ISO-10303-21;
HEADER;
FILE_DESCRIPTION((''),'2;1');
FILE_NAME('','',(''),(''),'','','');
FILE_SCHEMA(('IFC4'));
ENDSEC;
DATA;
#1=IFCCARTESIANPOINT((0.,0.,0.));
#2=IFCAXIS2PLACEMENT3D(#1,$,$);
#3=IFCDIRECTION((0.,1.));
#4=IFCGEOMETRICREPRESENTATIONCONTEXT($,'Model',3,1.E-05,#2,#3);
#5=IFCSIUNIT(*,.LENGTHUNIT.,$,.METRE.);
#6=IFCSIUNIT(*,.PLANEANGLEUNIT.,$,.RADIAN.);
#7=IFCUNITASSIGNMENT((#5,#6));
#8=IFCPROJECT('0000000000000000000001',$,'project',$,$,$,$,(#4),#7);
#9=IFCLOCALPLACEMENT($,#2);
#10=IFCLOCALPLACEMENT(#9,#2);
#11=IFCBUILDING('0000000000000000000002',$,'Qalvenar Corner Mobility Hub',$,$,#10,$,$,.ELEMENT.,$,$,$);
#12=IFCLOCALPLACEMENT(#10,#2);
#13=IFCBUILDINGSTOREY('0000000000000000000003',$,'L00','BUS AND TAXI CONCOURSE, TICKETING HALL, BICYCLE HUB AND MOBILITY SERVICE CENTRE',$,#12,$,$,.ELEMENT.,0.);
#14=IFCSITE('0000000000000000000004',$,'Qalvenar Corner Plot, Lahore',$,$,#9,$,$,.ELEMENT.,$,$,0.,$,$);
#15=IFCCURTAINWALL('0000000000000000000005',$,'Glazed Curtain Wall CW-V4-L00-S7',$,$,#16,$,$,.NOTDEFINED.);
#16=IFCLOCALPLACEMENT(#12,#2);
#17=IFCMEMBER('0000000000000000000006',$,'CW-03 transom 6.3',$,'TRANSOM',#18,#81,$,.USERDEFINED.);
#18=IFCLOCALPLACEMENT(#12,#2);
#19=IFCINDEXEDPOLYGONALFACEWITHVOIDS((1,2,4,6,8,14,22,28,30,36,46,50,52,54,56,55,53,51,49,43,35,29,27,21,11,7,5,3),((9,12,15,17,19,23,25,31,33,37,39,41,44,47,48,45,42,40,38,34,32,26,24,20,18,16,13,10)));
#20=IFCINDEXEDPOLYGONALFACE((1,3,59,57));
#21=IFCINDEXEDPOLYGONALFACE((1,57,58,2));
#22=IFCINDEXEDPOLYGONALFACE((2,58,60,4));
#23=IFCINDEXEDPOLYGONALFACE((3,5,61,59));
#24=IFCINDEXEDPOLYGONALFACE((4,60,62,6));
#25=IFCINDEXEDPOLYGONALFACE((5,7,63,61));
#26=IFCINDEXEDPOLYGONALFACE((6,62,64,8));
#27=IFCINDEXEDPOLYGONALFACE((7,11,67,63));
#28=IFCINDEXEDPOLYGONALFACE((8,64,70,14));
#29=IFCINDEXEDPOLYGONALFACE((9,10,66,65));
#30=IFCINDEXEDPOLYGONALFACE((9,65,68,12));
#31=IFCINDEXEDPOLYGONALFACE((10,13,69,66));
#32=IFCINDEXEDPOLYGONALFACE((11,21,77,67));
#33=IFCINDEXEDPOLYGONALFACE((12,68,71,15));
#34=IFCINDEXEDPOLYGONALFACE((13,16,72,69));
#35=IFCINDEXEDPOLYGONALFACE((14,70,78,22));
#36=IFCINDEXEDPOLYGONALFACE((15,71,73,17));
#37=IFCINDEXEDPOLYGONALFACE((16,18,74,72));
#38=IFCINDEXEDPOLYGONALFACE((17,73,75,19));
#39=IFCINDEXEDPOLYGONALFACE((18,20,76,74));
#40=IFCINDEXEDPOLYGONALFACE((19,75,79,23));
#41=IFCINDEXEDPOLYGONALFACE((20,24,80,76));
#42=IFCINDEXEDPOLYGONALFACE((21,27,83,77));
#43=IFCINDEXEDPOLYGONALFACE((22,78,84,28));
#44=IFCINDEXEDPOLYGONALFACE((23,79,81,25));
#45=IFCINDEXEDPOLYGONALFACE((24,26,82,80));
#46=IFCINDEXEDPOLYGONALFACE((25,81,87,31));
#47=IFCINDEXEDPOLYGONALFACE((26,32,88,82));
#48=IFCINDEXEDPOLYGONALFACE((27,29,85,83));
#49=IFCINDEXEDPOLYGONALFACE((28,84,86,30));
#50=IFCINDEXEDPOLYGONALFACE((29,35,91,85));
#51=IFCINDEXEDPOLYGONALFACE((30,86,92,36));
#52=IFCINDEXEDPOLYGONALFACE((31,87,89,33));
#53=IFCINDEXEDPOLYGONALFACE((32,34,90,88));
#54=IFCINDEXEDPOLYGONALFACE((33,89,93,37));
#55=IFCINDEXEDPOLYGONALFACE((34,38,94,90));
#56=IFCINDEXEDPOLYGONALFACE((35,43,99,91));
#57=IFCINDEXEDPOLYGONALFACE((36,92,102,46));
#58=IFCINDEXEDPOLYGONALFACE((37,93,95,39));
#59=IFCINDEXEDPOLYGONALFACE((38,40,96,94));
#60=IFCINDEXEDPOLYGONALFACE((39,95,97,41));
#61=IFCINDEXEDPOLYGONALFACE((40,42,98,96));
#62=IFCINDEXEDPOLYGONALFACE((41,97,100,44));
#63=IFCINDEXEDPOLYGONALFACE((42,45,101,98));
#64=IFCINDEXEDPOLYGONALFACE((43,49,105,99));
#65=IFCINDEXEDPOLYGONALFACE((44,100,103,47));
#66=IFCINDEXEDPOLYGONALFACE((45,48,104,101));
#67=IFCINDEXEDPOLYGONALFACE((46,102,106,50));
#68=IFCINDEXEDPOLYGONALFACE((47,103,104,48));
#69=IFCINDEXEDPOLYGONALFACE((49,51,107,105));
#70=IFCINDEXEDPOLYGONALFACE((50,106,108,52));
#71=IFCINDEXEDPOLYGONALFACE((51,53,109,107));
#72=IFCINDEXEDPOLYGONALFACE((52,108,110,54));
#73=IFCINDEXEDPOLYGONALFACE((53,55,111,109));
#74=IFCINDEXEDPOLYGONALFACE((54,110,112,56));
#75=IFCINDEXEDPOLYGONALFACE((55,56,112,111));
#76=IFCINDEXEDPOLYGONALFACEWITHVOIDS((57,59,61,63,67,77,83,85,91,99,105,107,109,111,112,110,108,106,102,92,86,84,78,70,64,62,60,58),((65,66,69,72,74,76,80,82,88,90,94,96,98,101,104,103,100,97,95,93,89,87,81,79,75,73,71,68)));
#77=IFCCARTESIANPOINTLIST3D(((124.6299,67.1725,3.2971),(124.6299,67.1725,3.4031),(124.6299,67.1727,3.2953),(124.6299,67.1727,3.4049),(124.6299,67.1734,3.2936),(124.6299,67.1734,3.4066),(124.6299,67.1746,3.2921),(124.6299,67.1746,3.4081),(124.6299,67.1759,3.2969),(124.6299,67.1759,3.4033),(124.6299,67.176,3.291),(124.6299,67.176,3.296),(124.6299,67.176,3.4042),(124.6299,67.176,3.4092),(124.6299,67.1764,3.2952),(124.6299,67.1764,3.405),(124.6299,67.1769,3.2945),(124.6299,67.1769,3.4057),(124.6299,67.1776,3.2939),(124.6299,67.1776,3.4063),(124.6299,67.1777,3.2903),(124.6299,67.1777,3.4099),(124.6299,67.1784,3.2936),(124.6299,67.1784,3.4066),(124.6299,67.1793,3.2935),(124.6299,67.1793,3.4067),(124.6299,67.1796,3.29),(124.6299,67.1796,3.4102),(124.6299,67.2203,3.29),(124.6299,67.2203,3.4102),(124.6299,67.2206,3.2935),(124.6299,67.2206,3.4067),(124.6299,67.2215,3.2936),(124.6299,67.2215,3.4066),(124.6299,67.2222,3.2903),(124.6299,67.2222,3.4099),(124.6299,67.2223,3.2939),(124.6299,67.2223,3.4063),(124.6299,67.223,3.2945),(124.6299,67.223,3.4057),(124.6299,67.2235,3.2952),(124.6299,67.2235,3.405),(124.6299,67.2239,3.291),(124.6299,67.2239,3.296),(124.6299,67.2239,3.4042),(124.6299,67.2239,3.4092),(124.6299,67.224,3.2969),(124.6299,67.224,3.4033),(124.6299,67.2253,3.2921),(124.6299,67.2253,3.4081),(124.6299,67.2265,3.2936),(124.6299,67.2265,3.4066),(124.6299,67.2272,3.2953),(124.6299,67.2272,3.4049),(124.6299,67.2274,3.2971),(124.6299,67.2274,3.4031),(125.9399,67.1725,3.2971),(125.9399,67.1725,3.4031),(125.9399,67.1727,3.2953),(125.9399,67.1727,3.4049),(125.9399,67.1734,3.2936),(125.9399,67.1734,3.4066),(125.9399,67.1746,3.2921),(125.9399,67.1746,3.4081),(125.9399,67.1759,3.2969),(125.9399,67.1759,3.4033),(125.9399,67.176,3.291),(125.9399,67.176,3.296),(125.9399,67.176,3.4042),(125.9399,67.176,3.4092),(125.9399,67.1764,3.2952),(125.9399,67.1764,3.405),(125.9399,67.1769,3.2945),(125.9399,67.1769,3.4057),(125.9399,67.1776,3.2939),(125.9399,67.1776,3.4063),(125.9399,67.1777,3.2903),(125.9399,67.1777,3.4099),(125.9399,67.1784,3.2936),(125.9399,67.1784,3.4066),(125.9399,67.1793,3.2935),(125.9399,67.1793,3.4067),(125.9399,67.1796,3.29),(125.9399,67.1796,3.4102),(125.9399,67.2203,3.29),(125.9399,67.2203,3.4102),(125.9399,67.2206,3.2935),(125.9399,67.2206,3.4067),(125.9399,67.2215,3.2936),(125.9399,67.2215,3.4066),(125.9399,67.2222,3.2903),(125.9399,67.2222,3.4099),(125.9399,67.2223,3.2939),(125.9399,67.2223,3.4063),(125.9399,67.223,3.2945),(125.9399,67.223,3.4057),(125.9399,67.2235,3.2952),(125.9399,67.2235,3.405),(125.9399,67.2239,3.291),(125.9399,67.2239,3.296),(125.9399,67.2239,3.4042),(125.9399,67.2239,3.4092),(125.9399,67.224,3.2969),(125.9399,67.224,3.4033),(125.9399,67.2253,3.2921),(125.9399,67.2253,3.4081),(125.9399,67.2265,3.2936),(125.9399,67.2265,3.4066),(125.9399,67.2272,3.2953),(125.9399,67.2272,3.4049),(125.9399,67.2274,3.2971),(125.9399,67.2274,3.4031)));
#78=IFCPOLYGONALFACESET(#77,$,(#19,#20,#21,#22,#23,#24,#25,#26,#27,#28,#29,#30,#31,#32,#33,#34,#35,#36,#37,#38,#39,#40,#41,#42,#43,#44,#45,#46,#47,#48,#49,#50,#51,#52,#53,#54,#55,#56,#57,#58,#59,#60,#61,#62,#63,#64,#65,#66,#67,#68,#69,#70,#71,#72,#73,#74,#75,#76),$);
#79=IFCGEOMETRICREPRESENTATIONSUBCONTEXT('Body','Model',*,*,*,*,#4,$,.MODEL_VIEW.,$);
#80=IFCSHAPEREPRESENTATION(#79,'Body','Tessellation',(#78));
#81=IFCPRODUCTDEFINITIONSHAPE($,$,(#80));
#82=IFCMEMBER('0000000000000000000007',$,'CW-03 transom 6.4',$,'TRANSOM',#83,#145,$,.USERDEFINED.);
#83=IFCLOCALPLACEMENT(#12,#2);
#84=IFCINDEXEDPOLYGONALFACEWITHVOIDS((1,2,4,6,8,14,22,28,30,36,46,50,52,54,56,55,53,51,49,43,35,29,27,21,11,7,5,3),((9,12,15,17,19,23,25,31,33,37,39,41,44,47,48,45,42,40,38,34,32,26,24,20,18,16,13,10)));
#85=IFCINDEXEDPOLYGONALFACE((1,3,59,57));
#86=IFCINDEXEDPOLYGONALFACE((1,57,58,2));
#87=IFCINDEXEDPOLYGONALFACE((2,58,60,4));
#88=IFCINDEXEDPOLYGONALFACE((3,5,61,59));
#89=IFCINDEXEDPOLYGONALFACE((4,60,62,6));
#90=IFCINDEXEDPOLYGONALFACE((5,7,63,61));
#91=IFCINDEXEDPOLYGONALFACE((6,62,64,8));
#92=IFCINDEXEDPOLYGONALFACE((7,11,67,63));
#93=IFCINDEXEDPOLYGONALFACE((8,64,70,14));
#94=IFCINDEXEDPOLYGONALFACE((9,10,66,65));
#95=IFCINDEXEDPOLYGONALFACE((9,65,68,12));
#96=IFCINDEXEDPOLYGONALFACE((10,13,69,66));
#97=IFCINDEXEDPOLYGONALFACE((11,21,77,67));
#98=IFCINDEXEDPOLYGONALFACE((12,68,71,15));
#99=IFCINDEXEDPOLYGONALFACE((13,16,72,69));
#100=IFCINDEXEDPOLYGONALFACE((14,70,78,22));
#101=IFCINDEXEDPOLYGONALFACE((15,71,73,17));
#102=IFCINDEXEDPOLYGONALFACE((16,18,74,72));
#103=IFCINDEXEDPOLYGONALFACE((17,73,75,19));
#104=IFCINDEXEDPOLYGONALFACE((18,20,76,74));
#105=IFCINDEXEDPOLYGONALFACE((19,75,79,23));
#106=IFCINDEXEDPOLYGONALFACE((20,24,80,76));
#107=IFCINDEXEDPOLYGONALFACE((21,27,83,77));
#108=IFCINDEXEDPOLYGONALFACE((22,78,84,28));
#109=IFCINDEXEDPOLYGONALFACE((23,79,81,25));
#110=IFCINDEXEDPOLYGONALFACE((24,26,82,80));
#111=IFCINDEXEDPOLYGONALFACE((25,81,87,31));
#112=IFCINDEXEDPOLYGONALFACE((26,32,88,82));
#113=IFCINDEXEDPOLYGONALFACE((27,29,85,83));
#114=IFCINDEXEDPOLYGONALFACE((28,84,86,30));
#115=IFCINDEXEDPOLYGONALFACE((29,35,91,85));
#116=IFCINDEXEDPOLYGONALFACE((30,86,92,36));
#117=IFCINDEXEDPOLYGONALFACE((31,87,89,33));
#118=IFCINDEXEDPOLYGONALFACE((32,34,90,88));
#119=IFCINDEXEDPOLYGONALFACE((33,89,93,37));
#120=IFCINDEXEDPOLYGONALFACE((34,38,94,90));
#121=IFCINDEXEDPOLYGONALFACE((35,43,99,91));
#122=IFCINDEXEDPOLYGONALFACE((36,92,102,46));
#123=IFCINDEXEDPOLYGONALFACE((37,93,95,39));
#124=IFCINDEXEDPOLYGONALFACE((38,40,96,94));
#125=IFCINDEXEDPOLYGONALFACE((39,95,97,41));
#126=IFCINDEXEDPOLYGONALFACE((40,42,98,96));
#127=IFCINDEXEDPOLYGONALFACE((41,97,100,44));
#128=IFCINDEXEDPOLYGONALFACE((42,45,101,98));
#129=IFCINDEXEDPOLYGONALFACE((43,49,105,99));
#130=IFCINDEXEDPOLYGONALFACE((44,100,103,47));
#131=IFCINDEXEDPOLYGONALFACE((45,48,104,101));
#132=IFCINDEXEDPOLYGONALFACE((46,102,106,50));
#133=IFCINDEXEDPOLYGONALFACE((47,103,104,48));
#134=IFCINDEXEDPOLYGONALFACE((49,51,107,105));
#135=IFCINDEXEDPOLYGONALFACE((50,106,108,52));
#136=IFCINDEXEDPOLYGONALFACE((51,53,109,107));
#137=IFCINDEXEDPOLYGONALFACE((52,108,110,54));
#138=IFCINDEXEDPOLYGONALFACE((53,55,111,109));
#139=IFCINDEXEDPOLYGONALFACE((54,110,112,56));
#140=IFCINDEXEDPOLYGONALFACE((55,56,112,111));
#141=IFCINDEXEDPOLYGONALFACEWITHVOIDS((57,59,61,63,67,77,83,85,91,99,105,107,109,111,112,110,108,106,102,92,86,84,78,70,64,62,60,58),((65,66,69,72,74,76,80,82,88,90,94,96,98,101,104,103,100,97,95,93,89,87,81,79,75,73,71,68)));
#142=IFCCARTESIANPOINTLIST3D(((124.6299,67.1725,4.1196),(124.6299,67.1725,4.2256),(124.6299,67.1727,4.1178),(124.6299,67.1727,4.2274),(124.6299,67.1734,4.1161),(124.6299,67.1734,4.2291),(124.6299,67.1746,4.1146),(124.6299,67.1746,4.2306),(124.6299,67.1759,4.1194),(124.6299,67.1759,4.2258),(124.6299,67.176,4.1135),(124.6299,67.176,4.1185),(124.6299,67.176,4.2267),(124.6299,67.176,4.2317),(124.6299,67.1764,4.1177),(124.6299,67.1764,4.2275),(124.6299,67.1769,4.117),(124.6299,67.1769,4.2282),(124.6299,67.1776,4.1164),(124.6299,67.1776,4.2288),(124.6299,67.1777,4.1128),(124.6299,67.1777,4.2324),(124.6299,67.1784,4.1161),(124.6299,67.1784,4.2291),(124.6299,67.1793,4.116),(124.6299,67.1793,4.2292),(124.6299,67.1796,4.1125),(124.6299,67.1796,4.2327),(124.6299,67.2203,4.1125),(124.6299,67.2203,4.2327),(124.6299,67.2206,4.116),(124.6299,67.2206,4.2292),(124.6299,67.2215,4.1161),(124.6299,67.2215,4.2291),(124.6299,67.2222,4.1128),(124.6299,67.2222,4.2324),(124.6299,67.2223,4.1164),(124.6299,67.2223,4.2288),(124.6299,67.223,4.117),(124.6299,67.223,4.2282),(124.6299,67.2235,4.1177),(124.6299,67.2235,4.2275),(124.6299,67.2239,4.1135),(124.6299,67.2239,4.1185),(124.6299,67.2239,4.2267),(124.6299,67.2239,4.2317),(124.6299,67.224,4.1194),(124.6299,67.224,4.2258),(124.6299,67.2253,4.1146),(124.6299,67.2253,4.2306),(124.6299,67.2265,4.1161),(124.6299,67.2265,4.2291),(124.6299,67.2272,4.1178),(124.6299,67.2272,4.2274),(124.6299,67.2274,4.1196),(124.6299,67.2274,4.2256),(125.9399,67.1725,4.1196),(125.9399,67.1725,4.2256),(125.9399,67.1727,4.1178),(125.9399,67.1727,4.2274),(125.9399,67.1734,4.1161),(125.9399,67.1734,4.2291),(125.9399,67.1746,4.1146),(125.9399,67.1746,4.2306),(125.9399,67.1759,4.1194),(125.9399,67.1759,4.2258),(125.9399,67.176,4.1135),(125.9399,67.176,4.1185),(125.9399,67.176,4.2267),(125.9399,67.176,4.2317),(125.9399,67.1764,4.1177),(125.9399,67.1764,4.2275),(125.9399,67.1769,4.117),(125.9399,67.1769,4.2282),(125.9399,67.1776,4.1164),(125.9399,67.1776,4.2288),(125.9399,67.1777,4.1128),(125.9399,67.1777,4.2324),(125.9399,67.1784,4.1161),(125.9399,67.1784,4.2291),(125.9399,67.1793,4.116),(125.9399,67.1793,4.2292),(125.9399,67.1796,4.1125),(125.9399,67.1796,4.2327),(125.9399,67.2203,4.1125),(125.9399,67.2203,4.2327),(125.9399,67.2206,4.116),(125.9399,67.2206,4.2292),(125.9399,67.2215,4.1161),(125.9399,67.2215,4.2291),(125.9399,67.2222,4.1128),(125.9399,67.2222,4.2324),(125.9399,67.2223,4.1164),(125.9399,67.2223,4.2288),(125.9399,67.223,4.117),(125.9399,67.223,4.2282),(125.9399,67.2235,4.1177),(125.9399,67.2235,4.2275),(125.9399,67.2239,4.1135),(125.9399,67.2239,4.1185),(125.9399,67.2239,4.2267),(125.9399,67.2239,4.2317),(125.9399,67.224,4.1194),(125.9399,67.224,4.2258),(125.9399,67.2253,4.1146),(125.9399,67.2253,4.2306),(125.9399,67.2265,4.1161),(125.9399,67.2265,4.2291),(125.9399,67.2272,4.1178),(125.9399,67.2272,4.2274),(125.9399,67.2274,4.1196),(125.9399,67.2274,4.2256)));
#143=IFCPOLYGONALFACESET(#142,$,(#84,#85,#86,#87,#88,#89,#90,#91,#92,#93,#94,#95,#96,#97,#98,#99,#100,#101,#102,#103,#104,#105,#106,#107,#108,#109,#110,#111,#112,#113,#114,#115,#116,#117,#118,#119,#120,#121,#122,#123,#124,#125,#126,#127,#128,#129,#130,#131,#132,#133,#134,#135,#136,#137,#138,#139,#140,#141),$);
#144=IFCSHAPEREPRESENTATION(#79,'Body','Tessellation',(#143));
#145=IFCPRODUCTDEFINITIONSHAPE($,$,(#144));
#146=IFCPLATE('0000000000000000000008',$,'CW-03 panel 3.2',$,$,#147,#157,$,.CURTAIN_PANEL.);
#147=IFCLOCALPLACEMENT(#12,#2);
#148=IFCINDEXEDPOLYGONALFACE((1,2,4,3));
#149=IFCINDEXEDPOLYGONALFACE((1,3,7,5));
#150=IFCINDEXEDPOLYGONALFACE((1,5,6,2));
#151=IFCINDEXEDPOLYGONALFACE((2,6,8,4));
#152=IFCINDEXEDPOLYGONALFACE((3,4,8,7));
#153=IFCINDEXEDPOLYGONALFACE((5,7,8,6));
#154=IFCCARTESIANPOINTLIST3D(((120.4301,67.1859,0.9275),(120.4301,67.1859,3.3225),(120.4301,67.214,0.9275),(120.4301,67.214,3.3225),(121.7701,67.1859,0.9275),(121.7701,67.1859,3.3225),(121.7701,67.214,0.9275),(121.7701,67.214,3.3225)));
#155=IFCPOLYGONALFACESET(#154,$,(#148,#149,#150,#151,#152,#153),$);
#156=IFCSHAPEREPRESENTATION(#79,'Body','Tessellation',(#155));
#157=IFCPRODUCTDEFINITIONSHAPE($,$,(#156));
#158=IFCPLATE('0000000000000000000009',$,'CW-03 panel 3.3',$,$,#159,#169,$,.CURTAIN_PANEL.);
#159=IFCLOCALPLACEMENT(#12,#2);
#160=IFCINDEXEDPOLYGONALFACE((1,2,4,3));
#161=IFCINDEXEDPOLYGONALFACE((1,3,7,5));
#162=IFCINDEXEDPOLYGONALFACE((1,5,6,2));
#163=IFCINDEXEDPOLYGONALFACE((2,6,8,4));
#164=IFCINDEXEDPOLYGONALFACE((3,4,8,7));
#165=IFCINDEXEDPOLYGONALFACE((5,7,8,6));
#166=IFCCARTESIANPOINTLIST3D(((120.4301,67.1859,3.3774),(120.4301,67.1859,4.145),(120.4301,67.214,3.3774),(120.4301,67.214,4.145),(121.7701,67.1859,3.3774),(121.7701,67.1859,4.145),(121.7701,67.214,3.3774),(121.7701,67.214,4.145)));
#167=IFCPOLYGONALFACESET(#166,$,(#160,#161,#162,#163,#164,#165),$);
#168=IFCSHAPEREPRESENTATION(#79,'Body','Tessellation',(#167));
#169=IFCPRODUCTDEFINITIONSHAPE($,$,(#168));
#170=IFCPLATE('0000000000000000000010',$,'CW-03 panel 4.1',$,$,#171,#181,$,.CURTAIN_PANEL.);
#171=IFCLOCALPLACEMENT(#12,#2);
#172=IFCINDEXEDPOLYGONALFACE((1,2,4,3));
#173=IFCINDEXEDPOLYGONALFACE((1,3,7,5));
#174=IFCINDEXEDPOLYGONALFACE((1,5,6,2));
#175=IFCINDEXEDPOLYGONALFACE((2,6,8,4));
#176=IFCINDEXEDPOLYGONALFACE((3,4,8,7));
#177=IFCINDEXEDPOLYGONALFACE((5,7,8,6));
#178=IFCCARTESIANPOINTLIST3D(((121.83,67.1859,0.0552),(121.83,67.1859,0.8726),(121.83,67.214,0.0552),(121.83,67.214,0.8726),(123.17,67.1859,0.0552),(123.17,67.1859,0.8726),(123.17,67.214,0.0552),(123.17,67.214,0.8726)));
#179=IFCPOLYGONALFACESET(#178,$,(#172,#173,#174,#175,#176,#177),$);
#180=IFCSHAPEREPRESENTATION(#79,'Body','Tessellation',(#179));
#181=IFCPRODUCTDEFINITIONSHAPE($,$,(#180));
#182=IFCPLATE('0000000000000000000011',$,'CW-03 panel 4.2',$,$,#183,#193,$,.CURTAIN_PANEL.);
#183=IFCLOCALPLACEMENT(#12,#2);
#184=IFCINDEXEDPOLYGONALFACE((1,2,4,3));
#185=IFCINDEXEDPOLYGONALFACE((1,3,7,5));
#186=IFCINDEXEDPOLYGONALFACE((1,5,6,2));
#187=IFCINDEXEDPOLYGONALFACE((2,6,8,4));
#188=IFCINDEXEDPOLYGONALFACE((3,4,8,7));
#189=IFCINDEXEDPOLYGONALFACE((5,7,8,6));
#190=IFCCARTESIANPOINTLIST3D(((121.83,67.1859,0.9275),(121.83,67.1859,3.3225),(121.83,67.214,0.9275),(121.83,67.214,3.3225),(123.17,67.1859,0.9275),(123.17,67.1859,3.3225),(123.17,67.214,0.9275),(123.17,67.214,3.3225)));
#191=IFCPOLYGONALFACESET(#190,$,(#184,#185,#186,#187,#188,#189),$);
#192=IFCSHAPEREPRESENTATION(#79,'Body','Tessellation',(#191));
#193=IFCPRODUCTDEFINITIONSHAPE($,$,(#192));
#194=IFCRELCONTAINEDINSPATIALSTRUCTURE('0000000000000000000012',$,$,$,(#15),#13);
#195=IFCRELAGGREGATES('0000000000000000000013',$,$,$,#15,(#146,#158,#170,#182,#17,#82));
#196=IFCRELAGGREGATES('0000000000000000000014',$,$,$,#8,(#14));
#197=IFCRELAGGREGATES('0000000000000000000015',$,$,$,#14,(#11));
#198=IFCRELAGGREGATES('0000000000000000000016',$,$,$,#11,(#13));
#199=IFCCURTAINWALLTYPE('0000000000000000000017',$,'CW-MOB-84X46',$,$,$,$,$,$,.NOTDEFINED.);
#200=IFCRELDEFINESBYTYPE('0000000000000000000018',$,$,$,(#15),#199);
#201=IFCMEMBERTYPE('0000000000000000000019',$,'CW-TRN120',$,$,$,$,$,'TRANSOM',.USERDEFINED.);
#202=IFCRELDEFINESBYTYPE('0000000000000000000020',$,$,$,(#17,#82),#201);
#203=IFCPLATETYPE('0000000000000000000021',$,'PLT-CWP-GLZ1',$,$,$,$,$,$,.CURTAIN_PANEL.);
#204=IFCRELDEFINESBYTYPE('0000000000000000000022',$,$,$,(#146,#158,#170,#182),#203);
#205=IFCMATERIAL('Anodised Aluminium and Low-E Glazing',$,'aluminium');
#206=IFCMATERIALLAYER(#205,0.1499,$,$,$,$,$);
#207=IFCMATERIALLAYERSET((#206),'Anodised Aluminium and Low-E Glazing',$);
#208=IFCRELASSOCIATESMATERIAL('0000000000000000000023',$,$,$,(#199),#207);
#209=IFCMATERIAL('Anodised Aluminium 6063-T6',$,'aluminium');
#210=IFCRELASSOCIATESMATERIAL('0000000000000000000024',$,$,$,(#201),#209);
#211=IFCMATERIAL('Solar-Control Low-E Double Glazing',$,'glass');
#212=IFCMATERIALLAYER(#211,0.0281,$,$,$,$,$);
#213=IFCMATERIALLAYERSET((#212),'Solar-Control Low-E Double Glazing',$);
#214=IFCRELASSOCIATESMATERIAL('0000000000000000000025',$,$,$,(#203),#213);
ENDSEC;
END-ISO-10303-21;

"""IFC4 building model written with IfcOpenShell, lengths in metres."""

from ifc_helpers import new_model, si_unit, direction, frame, origin, origin_2d, place, context, subcontext, project, spatial, rectangle, hollow_rectangle, extrude, material, layer, layer_set, material_profile, profile_set, type_object, element, aggregate, save


model = new_model("IFC4")

# Units and contexts
model_context = context("Model", 3, precision=1e-05, world=origin(), true_north=direction((0.0, 1.0)))
body_context = subcontext(model_context, "Body", "Model", "MODEL_VIEW")
ifc_project = project(units=[si_unit("LENGTHUNIT", "METRE"), si_unit("PLANEANGLEUNIT", "RADIAN")], contexts=[model_context])

# Site, building, storey
site_placement = place(None, origin())
site = spatial("IfcSite", under=ifc_project, at=site_placement, Name="Qalvenar Corner Plot, Lahore", CompositionType="ELEMENT", RefElevation=0.0)
building_placement = place(site_placement, origin())
building = spatial("IfcBuilding", under=site, at=building_placement, Name="Qalvenar Corner Mobility Hub", CompositionType="ELEMENT")
storey_placement = place(building_placement, origin())
storey = spatial("IfcBuildingStorey", under=building, at=storey_placement, Name="L00", Description="BUS AND TAXI CONCOURSE, TICKETING HALL, BICYCLE HUB AND MOBILITY SERVICE CENTRE", CompositionType="ELEMENT", Elevation=0.0)

# Curtain wall, members, plates
ifc_material_1 = material(Name="Anodised Aluminium and Low-E Glazing", Category="aluminium")
ifc_layer_1 = layer(ifc_material_1, 0.1499)
ifc_layer_set_1 = layer_set([ifc_layer_1], Name="Anodised Aluminium and Low-E Glazing")
curtain_wall_type = type_object("IfcCurtainWallType", Name="CW-MOB-84X46", PredefinedType="NOTDEFINED", material=ifc_layer_set_1)
curtain_wall_placement = place(storey_placement, origin())
curtain_wall = element("IfcCurtainWall", 1, at=curtain_wall_placement, inside=storey, type_object=curtain_wall_type, Name="Glazed Curtain Wall CW-V4-L00-S7", PredefinedType="NOTDEFINED")
ifc_material_2 = material(Name="Anodised Aluminium 6063-T6", Category="aluminium")
ifc_material_profile_1 = material_profile(ifc_material_2, hollow_rectangle(XDim=0.0549, YDim=0.1201, WallThickness=0.0034, InnerFilletRadius=0.0034, OuterFilletRadius=0.0071, at=origin_2d()), Name="RHS120x55x3.5")
ifc_profile_set_1 = profile_set([ifc_material_profile_1], Name="Anodised Aluminium 6063-T6")
member_type_1 = type_object("IfcMemberType", Name="CW-TRN120", ElementType="TRANSOM", PredefinedType="USERDEFINED", material=ifc_profile_set_1)
member_1_placement = place(storey_placement, frame((124.6299, 67.2, 3.3501), z_axis=(1.0, 0.0, 0.0), x_axis=(0.0, 1.0, 0.0)))
member_1 = element("IfcMember", 2, at=member_1_placement, type_object=member_type_1, Name="CW-03 transom 6.3", ObjectType="TRANSOM", PredefinedType="USERDEFINED", context=body_context, shape_type="SweptSolid", body=[
    extrude(hollow_rectangle(XDim=0.0549, YDim=0.1201, WallThickness=0.0034, InnerFilletRadius=0.0034, OuterFilletRadius=0.0071, at=origin_2d()), origin(), (0.0, 0.0, 1.0), 1.3101),
])
member_2_placement = place(storey_placement, frame((124.6299, 67.2, 4.1726), z_axis=(1.0, 0.0, 0.0), x_axis=(0.0, 1.0, 0.0)))
member_2 = element("IfcMember", 3, at=member_2_placement, type_object=member_type_1, Name="CW-03 transom 6.4", ObjectType="TRANSOM", PredefinedType="USERDEFINED", context=body_context, shape_type="SweptSolid", body=[
    extrude(hollow_rectangle(XDim=0.0549, YDim=0.1201, WallThickness=0.0034, InnerFilletRadius=0.0034, OuterFilletRadius=0.0071, at=origin_2d()), origin(), (0.0, 0.0, 1.0), 1.3101),
])
ifc_material_3 = material(Name="Solar-Control Low-E Double Glazing", Category="glass")
ifc_layer_2 = layer(ifc_material_3, 0.0281)
ifc_layer_set_2 = layer_set([ifc_layer_2], Name="Solar-Control Low-E Double Glazing")
plate_type = type_object("IfcPlateType", Name="PLT-CWP-GLZ1", PredefinedType="CURTAIN_PANEL", material=ifc_layer_set_2)
plate_1_placement = place(storey_placement, frame((121.1001, 67.2, 0.9275), z_axis=(0.0, 0.0, 1.0), x_axis=(1.0, 0.0, 0.0)))
plate_1 = element("IfcPlate", 4, at=plate_1_placement, type_object=plate_type, Name="CW-03 panel 3.2", PredefinedType="CURTAIN_PANEL", context=body_context, shape_type="SweptSolid", body=[
    extrude(rectangle(XDim=1.3401, YDim=0.0281, at=origin_2d()), origin(), (0.0, 0.0, 1.0), 2.395),
])
plate_2_placement = place(storey_placement, frame((121.1001, 67.2, 3.3774), z_axis=(0.0, 0.0, 1.0), x_axis=(1.0, 0.0, 0.0)))
plate_2 = element("IfcPlate", 5, at=plate_2_placement, type_object=plate_type, Name="CW-03 panel 3.3", PredefinedType="CURTAIN_PANEL", context=body_context, shape_type="SweptSolid", body=[
    extrude(rectangle(XDim=1.3401, YDim=0.0281, at=origin_2d()), origin(), (0.0, 0.0, 1.0), 0.7676),
])
plate_3_placement = place(storey_placement, frame((122.5, 67.2, 0.0552), z_axis=(0.0, 0.0, 1.0), x_axis=(1.0, 0.0, 0.0)))
plate_3 = element("IfcPlate", 6, at=plate_3_placement, type_object=plate_type, Name="CW-03 panel 4.1", PredefinedType="CURTAIN_PANEL", context=body_context, shape_type="SweptSolid", body=[
    extrude(rectangle(XDim=1.3401, YDim=0.0281, at=origin_2d()), origin(), (0.0, 0.0, 1.0), 0.8174),
])
plate_4_placement = place(storey_placement, frame((122.5, 67.2, 0.9275), z_axis=(0.0, 0.0, 1.0), x_axis=(1.0, 0.0, 0.0)))
plate_4 = element("IfcPlate", 7, at=plate_4_placement, type_object=plate_type, Name="CW-03 panel 4.2", PredefinedType="CURTAIN_PANEL", context=body_context, shape_type="SweptSolid", body=[
    extrude(rectangle(XDim=1.3401, YDim=0.0281, at=origin_2d()), origin(), (0.0, 0.0, 1.0), 2.395),
])
aggregate(curtain_wall, [plate_1, plate_2, plate_3, plate_4, member_1, member_2])

save(model, "model.ifc")
